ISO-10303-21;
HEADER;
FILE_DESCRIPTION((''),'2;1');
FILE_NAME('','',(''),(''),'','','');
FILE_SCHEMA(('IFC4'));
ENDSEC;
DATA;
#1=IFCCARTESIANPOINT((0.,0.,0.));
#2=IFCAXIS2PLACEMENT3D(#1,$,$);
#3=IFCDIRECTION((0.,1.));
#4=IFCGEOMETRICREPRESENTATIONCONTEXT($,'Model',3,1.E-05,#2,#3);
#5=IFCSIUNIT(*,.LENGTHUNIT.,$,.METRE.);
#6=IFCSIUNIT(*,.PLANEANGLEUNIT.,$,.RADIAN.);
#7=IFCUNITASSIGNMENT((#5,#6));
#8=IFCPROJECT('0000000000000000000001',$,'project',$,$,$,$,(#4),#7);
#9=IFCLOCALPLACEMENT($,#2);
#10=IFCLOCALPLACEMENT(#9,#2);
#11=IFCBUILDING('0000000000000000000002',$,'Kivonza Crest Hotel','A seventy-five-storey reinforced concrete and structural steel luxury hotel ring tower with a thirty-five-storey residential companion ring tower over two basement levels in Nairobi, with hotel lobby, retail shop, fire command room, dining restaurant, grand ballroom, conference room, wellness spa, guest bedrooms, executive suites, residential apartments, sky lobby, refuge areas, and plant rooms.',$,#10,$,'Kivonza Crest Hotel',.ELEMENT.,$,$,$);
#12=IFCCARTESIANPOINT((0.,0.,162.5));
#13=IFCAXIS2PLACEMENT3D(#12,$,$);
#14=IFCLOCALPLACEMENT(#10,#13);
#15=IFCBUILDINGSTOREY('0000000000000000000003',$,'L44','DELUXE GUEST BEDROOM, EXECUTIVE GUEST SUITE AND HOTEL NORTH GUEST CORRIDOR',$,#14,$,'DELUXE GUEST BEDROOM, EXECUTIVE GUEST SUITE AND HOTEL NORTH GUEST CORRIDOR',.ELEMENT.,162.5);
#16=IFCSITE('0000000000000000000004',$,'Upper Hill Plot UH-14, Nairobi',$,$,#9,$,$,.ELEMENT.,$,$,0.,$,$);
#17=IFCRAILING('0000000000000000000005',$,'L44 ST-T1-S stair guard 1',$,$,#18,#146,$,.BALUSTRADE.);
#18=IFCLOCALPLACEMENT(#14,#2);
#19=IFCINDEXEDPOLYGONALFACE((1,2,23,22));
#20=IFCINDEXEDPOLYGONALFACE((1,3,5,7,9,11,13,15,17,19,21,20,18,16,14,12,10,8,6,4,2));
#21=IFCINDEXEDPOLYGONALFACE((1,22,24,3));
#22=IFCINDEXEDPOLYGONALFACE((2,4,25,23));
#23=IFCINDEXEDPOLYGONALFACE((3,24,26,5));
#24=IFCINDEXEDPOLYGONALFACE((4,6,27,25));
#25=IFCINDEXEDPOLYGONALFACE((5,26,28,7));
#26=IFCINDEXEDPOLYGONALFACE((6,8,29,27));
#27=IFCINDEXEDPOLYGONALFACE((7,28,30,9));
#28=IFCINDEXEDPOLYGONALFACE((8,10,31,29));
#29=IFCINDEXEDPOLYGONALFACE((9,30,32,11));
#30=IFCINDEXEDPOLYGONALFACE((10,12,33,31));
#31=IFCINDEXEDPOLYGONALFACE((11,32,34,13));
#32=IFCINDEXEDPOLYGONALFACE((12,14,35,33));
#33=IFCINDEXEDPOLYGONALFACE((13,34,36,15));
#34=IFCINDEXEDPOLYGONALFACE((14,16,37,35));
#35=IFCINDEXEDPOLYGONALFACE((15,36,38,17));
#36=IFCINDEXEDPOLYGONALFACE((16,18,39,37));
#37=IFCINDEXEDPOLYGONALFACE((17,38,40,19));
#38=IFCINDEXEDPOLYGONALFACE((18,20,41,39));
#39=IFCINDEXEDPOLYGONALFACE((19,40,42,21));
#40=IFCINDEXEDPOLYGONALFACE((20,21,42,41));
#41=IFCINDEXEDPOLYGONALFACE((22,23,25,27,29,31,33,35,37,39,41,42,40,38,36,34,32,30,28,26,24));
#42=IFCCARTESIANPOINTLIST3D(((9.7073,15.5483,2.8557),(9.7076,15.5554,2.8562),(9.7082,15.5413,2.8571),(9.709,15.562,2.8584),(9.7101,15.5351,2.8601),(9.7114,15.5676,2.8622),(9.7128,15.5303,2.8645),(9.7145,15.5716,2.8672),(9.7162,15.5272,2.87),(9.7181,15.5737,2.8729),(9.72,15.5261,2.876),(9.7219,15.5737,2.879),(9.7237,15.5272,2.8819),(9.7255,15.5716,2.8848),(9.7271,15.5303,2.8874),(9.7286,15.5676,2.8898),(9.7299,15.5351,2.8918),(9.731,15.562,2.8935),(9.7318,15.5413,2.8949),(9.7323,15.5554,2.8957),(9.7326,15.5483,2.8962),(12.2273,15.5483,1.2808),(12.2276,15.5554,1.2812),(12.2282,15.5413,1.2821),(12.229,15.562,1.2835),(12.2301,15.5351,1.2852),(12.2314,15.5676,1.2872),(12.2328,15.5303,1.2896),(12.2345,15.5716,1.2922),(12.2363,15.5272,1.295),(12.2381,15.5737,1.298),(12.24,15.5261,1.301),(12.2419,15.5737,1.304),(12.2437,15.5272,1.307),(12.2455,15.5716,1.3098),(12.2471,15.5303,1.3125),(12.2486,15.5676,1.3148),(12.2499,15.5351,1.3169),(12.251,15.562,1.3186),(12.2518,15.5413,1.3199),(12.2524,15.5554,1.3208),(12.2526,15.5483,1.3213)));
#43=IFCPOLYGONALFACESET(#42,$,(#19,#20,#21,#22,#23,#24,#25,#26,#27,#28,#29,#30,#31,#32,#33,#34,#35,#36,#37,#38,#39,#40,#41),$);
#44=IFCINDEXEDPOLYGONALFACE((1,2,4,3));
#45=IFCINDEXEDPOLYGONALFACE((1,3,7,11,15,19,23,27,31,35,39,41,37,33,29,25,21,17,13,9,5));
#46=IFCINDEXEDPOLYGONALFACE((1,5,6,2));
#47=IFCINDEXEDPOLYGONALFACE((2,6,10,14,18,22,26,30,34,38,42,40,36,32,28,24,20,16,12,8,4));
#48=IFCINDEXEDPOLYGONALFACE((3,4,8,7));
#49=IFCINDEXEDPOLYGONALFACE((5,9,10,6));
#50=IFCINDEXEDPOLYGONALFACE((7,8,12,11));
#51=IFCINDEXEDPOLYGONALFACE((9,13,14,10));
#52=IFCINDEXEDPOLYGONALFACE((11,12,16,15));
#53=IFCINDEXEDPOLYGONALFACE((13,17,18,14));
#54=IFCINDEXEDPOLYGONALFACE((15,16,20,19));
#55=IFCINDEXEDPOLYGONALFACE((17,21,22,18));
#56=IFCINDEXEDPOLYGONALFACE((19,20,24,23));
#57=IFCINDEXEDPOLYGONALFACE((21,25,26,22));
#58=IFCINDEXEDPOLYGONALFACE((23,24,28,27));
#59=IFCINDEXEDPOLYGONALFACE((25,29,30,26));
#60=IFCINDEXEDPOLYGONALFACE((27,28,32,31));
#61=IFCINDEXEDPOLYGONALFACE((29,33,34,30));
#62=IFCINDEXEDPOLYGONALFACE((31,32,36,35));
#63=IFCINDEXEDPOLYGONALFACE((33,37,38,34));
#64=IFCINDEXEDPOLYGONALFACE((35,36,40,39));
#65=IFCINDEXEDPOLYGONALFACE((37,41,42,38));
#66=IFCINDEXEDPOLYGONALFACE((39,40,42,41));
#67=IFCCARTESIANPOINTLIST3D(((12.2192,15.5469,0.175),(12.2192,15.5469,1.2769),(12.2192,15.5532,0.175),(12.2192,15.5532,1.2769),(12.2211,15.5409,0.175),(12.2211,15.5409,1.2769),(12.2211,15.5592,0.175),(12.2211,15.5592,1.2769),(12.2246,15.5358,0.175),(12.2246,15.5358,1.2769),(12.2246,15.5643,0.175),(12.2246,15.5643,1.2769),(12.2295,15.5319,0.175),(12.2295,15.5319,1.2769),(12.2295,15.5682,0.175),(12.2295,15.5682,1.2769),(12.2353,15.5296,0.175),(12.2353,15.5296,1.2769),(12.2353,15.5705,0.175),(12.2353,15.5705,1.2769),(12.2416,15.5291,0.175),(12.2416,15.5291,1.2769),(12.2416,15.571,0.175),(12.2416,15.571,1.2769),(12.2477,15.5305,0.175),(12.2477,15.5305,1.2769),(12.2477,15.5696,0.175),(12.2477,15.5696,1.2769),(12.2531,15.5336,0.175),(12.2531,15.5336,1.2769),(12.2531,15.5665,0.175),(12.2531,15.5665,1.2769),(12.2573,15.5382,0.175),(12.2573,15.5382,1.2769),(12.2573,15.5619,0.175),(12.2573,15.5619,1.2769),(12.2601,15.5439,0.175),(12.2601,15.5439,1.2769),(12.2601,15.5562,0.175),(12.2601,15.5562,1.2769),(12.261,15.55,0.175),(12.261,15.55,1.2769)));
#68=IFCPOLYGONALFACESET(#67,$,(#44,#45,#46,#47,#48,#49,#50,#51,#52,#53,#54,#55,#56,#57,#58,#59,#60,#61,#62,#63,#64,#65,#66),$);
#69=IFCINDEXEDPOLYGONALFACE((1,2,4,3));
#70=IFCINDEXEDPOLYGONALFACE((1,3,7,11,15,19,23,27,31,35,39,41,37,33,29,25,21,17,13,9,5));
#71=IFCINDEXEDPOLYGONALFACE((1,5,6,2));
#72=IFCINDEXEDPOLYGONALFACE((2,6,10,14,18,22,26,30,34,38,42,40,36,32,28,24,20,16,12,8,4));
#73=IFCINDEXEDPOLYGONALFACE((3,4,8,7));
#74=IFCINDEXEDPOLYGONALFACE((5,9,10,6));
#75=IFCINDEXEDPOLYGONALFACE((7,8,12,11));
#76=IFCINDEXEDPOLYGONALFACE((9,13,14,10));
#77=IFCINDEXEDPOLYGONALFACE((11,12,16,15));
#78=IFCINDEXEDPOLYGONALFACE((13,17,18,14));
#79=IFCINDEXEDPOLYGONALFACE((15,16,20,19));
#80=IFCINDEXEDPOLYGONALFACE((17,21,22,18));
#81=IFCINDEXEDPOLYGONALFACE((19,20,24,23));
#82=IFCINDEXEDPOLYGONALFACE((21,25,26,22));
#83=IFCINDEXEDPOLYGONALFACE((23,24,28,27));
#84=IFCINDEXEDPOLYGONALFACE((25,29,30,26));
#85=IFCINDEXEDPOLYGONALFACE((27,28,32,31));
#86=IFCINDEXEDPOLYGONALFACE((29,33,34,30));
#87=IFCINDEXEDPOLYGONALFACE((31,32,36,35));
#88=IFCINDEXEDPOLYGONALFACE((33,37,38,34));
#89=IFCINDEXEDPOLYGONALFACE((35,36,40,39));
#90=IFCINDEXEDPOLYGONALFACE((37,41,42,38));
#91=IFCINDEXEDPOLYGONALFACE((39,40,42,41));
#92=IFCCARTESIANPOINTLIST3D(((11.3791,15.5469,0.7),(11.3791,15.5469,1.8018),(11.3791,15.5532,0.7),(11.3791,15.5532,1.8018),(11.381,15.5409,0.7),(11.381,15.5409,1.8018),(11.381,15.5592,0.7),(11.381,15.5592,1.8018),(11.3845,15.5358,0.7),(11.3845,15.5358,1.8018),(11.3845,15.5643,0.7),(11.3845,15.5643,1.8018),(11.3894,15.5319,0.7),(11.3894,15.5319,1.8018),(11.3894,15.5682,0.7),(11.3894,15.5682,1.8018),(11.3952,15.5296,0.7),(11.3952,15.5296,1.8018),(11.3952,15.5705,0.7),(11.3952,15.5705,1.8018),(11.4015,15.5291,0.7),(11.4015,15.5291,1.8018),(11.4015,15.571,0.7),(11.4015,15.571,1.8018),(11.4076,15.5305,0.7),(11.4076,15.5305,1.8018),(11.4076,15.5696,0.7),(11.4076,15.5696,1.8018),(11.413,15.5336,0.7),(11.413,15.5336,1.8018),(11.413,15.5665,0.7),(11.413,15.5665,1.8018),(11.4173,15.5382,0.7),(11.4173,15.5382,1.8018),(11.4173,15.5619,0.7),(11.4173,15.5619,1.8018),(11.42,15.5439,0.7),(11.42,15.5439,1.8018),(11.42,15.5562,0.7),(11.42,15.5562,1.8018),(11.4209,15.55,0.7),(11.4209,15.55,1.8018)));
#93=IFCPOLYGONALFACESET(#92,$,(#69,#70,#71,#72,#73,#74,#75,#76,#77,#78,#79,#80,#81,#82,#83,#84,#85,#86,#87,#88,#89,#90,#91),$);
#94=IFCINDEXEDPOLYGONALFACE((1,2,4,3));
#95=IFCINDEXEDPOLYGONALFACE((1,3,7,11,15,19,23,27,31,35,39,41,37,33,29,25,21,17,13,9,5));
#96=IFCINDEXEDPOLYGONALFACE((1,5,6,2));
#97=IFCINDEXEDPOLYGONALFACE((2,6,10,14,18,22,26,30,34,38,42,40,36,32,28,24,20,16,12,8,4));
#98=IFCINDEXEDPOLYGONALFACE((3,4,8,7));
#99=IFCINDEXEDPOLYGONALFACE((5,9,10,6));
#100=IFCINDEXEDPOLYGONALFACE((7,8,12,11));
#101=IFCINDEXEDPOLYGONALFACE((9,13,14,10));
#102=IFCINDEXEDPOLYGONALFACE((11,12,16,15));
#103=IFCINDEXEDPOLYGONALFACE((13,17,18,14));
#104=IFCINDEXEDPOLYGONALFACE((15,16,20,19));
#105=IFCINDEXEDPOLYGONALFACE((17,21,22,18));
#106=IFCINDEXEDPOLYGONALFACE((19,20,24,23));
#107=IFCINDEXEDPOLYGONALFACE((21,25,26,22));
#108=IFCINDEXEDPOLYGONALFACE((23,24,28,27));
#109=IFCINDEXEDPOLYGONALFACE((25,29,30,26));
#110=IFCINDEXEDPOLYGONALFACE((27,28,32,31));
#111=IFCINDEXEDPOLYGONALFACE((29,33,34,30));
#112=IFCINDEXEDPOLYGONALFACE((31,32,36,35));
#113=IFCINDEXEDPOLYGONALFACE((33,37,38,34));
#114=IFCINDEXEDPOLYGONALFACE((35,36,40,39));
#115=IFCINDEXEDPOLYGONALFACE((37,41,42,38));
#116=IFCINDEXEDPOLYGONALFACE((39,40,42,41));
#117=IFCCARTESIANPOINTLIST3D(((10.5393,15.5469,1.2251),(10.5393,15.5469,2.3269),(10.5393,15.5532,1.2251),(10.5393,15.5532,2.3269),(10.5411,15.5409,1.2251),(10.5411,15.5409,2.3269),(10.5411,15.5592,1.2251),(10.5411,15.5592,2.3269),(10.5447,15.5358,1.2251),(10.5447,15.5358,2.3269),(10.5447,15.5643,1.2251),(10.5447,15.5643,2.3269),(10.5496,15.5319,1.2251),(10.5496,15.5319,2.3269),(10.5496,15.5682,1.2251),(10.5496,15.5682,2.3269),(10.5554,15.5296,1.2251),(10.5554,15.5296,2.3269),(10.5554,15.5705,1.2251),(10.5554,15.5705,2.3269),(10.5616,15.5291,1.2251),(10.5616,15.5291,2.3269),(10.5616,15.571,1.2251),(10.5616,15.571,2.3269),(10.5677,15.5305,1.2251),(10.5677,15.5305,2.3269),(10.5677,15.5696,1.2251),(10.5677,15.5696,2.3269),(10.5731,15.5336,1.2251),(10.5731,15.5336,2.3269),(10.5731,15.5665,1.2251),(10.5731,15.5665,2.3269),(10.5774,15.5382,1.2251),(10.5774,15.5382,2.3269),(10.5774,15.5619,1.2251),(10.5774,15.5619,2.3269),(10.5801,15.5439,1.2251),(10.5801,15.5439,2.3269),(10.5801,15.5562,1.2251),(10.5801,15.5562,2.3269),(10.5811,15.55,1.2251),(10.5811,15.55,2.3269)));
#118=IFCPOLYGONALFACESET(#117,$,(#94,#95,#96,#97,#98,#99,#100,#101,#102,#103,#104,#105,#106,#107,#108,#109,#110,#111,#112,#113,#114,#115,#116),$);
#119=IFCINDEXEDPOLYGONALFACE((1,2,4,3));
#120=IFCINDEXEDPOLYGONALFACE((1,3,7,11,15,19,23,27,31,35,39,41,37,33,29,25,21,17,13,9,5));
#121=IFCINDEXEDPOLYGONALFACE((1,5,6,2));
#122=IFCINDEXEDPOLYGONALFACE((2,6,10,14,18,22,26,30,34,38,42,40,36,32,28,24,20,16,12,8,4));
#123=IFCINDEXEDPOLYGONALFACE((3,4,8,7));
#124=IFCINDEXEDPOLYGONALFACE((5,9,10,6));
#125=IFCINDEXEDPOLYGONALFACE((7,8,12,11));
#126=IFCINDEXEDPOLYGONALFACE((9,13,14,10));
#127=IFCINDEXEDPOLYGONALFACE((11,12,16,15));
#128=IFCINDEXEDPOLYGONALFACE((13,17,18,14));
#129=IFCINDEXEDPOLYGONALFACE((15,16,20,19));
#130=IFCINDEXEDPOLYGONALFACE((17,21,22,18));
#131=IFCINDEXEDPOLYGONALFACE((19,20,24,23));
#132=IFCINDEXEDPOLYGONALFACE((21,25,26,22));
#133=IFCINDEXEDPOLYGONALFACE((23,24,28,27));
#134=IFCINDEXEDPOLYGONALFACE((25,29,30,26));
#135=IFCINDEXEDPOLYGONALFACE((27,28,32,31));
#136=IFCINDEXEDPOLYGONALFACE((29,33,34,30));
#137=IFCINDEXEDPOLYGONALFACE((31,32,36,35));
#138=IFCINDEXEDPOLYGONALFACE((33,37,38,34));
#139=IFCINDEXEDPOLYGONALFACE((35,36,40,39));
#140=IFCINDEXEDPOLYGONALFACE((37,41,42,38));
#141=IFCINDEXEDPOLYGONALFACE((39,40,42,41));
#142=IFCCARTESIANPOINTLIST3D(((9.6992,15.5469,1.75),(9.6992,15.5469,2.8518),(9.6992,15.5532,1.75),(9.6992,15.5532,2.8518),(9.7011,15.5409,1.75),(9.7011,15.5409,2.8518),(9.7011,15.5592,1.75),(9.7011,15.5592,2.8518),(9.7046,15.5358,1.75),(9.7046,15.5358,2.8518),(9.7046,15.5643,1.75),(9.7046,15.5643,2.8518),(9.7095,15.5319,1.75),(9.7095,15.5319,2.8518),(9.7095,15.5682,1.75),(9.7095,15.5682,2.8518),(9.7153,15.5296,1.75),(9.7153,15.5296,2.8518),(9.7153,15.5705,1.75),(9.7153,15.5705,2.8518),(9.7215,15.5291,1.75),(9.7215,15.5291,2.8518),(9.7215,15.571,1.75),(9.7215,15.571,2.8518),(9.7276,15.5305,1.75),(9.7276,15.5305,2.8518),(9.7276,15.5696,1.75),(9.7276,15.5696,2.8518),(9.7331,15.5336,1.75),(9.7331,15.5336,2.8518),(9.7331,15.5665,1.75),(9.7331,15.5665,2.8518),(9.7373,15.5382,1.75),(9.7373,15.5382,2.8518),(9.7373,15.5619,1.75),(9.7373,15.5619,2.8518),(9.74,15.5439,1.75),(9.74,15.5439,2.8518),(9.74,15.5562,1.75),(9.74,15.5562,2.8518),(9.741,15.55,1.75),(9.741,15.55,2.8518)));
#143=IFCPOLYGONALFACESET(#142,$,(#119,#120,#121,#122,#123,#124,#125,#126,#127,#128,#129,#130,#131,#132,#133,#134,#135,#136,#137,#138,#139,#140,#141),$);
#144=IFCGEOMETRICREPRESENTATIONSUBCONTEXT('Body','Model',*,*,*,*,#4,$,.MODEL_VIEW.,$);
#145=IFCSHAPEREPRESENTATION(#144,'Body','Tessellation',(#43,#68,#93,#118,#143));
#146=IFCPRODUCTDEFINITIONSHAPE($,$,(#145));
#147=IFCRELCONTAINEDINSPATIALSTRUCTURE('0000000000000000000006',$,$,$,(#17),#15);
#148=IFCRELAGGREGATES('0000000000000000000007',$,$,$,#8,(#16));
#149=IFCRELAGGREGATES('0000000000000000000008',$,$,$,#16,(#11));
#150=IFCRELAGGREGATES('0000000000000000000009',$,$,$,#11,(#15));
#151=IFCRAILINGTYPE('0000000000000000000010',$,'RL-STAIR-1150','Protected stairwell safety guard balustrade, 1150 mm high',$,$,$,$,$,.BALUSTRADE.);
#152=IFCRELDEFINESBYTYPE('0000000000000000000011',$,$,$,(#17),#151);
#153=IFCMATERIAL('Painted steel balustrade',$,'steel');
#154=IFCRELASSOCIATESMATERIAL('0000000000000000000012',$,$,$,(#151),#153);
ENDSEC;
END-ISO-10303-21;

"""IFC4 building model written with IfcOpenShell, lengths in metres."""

from ifc_helpers import new_model, si_unit, direction, frame, origin, origin_2d, place, context, subcontext, project, spatial, circle, extrude, material, type_object, element, save


model = new_model("IFC4")

# Units and contexts
model_context = context("Model", 3, precision=1e-05, world=origin(), true_north=direction((0.0, 1.0)))
body_context = subcontext(model_context, "Body", "Model", "MODEL_VIEW")
ifc_project = project(units=[si_unit("LENGTHUNIT", "METRE"), si_unit("PLANEANGLEUNIT", "RADIAN")], contexts=[model_context])

# Site, building, storey
site_placement = place(None, origin())
site = spatial("IfcSite", under=ifc_project, at=site_placement, Name="Upper Hill Plot UH-14, Nairobi", CompositionType="ELEMENT", RefElevation=0.0)
building_placement = place(site_placement, origin())
building = spatial("IfcBuilding", under=site, at=building_placement, Name="Kivonza Crest Hotel", Description="A seventy-five-storey reinforced concrete and structural steel luxury hotel ring tower with a thirty-five-storey residential companion ring tower over two basement levels in Nairobi, with hotel lobby, retail shop, fire command room, dining restaurant, grand ballroom, conference room, wellness spa, guest bedrooms, executive suites, residential apartments, sky lobby, refuge areas, and plant rooms.", LongName="Kivonza Crest Hotel", CompositionType="ELEMENT")
storey_placement = place(building_placement, frame((0.0, 0.0, 162.5)))
storey = spatial("IfcBuildingStorey", under=building, at=storey_placement, Name="L44", Description="DELUXE GUEST BEDROOM, EXECUTIVE GUEST SUITE AND HOTEL NORTH GUEST CORRIDOR", LongName="DELUXE GUEST BEDROOM, EXECUTIVE GUEST SUITE AND HOTEL NORTH GUEST CORRIDOR", CompositionType="ELEMENT", Elevation=162.5)

# Railing
ifc_material_1 = material(Name="Painted steel balustrade", Category="steel")
railing_type_1 = type_object("IfcRailingType", Name="RL-STAIR-1150", Description="Protected stairwell safety guard balustrade, 1150 mm high", PredefinedType="BALUSTRADE", material=ifc_material_1)
railing_1_placement = place(storey_placement, frame((12.24, 15.55, 0.175)))
element("IfcRailing", 1, at=railing_1_placement, inside=storey, type_object=railing_type_1, Name="L44 ST-T1-S stair guard 1", PredefinedType="BALUSTRADE", context=body_context, shape_type="SweptSolid", body=[
    extrude(circle(Radius=0.0239, at=origin_2d()), frame((0.0, 0.0, 1.126), z_axis=(-0.848008, 0.0, 0.529984), x_axis=(0.0, -1.0, 0.0)), (0.0, 0.0, 1.0), 2.9717),
    extrude(circle(Radius=0.021, at=origin_2d()), origin(), (0.0, 0.0, 1.0), 1.1018),
    extrude(circle(Radius=0.021, at=origin_2d()), frame((-0.8401, 0.0, 0.5249)), (0.0, 0.0, 1.0), 1.1018),
    extrude(circle(Radius=0.021, at=origin_2d()), frame((-1.6799, 0.0, 1.05)), (0.0, 0.0, 1.0), 1.1018),
    extrude(circle(Radius=0.021, at=origin_2d()), frame((-2.52, 0.0, 1.575)), (0.0, 0.0, 1.0), 1.1018),
])

save(model, "model.ifc")
